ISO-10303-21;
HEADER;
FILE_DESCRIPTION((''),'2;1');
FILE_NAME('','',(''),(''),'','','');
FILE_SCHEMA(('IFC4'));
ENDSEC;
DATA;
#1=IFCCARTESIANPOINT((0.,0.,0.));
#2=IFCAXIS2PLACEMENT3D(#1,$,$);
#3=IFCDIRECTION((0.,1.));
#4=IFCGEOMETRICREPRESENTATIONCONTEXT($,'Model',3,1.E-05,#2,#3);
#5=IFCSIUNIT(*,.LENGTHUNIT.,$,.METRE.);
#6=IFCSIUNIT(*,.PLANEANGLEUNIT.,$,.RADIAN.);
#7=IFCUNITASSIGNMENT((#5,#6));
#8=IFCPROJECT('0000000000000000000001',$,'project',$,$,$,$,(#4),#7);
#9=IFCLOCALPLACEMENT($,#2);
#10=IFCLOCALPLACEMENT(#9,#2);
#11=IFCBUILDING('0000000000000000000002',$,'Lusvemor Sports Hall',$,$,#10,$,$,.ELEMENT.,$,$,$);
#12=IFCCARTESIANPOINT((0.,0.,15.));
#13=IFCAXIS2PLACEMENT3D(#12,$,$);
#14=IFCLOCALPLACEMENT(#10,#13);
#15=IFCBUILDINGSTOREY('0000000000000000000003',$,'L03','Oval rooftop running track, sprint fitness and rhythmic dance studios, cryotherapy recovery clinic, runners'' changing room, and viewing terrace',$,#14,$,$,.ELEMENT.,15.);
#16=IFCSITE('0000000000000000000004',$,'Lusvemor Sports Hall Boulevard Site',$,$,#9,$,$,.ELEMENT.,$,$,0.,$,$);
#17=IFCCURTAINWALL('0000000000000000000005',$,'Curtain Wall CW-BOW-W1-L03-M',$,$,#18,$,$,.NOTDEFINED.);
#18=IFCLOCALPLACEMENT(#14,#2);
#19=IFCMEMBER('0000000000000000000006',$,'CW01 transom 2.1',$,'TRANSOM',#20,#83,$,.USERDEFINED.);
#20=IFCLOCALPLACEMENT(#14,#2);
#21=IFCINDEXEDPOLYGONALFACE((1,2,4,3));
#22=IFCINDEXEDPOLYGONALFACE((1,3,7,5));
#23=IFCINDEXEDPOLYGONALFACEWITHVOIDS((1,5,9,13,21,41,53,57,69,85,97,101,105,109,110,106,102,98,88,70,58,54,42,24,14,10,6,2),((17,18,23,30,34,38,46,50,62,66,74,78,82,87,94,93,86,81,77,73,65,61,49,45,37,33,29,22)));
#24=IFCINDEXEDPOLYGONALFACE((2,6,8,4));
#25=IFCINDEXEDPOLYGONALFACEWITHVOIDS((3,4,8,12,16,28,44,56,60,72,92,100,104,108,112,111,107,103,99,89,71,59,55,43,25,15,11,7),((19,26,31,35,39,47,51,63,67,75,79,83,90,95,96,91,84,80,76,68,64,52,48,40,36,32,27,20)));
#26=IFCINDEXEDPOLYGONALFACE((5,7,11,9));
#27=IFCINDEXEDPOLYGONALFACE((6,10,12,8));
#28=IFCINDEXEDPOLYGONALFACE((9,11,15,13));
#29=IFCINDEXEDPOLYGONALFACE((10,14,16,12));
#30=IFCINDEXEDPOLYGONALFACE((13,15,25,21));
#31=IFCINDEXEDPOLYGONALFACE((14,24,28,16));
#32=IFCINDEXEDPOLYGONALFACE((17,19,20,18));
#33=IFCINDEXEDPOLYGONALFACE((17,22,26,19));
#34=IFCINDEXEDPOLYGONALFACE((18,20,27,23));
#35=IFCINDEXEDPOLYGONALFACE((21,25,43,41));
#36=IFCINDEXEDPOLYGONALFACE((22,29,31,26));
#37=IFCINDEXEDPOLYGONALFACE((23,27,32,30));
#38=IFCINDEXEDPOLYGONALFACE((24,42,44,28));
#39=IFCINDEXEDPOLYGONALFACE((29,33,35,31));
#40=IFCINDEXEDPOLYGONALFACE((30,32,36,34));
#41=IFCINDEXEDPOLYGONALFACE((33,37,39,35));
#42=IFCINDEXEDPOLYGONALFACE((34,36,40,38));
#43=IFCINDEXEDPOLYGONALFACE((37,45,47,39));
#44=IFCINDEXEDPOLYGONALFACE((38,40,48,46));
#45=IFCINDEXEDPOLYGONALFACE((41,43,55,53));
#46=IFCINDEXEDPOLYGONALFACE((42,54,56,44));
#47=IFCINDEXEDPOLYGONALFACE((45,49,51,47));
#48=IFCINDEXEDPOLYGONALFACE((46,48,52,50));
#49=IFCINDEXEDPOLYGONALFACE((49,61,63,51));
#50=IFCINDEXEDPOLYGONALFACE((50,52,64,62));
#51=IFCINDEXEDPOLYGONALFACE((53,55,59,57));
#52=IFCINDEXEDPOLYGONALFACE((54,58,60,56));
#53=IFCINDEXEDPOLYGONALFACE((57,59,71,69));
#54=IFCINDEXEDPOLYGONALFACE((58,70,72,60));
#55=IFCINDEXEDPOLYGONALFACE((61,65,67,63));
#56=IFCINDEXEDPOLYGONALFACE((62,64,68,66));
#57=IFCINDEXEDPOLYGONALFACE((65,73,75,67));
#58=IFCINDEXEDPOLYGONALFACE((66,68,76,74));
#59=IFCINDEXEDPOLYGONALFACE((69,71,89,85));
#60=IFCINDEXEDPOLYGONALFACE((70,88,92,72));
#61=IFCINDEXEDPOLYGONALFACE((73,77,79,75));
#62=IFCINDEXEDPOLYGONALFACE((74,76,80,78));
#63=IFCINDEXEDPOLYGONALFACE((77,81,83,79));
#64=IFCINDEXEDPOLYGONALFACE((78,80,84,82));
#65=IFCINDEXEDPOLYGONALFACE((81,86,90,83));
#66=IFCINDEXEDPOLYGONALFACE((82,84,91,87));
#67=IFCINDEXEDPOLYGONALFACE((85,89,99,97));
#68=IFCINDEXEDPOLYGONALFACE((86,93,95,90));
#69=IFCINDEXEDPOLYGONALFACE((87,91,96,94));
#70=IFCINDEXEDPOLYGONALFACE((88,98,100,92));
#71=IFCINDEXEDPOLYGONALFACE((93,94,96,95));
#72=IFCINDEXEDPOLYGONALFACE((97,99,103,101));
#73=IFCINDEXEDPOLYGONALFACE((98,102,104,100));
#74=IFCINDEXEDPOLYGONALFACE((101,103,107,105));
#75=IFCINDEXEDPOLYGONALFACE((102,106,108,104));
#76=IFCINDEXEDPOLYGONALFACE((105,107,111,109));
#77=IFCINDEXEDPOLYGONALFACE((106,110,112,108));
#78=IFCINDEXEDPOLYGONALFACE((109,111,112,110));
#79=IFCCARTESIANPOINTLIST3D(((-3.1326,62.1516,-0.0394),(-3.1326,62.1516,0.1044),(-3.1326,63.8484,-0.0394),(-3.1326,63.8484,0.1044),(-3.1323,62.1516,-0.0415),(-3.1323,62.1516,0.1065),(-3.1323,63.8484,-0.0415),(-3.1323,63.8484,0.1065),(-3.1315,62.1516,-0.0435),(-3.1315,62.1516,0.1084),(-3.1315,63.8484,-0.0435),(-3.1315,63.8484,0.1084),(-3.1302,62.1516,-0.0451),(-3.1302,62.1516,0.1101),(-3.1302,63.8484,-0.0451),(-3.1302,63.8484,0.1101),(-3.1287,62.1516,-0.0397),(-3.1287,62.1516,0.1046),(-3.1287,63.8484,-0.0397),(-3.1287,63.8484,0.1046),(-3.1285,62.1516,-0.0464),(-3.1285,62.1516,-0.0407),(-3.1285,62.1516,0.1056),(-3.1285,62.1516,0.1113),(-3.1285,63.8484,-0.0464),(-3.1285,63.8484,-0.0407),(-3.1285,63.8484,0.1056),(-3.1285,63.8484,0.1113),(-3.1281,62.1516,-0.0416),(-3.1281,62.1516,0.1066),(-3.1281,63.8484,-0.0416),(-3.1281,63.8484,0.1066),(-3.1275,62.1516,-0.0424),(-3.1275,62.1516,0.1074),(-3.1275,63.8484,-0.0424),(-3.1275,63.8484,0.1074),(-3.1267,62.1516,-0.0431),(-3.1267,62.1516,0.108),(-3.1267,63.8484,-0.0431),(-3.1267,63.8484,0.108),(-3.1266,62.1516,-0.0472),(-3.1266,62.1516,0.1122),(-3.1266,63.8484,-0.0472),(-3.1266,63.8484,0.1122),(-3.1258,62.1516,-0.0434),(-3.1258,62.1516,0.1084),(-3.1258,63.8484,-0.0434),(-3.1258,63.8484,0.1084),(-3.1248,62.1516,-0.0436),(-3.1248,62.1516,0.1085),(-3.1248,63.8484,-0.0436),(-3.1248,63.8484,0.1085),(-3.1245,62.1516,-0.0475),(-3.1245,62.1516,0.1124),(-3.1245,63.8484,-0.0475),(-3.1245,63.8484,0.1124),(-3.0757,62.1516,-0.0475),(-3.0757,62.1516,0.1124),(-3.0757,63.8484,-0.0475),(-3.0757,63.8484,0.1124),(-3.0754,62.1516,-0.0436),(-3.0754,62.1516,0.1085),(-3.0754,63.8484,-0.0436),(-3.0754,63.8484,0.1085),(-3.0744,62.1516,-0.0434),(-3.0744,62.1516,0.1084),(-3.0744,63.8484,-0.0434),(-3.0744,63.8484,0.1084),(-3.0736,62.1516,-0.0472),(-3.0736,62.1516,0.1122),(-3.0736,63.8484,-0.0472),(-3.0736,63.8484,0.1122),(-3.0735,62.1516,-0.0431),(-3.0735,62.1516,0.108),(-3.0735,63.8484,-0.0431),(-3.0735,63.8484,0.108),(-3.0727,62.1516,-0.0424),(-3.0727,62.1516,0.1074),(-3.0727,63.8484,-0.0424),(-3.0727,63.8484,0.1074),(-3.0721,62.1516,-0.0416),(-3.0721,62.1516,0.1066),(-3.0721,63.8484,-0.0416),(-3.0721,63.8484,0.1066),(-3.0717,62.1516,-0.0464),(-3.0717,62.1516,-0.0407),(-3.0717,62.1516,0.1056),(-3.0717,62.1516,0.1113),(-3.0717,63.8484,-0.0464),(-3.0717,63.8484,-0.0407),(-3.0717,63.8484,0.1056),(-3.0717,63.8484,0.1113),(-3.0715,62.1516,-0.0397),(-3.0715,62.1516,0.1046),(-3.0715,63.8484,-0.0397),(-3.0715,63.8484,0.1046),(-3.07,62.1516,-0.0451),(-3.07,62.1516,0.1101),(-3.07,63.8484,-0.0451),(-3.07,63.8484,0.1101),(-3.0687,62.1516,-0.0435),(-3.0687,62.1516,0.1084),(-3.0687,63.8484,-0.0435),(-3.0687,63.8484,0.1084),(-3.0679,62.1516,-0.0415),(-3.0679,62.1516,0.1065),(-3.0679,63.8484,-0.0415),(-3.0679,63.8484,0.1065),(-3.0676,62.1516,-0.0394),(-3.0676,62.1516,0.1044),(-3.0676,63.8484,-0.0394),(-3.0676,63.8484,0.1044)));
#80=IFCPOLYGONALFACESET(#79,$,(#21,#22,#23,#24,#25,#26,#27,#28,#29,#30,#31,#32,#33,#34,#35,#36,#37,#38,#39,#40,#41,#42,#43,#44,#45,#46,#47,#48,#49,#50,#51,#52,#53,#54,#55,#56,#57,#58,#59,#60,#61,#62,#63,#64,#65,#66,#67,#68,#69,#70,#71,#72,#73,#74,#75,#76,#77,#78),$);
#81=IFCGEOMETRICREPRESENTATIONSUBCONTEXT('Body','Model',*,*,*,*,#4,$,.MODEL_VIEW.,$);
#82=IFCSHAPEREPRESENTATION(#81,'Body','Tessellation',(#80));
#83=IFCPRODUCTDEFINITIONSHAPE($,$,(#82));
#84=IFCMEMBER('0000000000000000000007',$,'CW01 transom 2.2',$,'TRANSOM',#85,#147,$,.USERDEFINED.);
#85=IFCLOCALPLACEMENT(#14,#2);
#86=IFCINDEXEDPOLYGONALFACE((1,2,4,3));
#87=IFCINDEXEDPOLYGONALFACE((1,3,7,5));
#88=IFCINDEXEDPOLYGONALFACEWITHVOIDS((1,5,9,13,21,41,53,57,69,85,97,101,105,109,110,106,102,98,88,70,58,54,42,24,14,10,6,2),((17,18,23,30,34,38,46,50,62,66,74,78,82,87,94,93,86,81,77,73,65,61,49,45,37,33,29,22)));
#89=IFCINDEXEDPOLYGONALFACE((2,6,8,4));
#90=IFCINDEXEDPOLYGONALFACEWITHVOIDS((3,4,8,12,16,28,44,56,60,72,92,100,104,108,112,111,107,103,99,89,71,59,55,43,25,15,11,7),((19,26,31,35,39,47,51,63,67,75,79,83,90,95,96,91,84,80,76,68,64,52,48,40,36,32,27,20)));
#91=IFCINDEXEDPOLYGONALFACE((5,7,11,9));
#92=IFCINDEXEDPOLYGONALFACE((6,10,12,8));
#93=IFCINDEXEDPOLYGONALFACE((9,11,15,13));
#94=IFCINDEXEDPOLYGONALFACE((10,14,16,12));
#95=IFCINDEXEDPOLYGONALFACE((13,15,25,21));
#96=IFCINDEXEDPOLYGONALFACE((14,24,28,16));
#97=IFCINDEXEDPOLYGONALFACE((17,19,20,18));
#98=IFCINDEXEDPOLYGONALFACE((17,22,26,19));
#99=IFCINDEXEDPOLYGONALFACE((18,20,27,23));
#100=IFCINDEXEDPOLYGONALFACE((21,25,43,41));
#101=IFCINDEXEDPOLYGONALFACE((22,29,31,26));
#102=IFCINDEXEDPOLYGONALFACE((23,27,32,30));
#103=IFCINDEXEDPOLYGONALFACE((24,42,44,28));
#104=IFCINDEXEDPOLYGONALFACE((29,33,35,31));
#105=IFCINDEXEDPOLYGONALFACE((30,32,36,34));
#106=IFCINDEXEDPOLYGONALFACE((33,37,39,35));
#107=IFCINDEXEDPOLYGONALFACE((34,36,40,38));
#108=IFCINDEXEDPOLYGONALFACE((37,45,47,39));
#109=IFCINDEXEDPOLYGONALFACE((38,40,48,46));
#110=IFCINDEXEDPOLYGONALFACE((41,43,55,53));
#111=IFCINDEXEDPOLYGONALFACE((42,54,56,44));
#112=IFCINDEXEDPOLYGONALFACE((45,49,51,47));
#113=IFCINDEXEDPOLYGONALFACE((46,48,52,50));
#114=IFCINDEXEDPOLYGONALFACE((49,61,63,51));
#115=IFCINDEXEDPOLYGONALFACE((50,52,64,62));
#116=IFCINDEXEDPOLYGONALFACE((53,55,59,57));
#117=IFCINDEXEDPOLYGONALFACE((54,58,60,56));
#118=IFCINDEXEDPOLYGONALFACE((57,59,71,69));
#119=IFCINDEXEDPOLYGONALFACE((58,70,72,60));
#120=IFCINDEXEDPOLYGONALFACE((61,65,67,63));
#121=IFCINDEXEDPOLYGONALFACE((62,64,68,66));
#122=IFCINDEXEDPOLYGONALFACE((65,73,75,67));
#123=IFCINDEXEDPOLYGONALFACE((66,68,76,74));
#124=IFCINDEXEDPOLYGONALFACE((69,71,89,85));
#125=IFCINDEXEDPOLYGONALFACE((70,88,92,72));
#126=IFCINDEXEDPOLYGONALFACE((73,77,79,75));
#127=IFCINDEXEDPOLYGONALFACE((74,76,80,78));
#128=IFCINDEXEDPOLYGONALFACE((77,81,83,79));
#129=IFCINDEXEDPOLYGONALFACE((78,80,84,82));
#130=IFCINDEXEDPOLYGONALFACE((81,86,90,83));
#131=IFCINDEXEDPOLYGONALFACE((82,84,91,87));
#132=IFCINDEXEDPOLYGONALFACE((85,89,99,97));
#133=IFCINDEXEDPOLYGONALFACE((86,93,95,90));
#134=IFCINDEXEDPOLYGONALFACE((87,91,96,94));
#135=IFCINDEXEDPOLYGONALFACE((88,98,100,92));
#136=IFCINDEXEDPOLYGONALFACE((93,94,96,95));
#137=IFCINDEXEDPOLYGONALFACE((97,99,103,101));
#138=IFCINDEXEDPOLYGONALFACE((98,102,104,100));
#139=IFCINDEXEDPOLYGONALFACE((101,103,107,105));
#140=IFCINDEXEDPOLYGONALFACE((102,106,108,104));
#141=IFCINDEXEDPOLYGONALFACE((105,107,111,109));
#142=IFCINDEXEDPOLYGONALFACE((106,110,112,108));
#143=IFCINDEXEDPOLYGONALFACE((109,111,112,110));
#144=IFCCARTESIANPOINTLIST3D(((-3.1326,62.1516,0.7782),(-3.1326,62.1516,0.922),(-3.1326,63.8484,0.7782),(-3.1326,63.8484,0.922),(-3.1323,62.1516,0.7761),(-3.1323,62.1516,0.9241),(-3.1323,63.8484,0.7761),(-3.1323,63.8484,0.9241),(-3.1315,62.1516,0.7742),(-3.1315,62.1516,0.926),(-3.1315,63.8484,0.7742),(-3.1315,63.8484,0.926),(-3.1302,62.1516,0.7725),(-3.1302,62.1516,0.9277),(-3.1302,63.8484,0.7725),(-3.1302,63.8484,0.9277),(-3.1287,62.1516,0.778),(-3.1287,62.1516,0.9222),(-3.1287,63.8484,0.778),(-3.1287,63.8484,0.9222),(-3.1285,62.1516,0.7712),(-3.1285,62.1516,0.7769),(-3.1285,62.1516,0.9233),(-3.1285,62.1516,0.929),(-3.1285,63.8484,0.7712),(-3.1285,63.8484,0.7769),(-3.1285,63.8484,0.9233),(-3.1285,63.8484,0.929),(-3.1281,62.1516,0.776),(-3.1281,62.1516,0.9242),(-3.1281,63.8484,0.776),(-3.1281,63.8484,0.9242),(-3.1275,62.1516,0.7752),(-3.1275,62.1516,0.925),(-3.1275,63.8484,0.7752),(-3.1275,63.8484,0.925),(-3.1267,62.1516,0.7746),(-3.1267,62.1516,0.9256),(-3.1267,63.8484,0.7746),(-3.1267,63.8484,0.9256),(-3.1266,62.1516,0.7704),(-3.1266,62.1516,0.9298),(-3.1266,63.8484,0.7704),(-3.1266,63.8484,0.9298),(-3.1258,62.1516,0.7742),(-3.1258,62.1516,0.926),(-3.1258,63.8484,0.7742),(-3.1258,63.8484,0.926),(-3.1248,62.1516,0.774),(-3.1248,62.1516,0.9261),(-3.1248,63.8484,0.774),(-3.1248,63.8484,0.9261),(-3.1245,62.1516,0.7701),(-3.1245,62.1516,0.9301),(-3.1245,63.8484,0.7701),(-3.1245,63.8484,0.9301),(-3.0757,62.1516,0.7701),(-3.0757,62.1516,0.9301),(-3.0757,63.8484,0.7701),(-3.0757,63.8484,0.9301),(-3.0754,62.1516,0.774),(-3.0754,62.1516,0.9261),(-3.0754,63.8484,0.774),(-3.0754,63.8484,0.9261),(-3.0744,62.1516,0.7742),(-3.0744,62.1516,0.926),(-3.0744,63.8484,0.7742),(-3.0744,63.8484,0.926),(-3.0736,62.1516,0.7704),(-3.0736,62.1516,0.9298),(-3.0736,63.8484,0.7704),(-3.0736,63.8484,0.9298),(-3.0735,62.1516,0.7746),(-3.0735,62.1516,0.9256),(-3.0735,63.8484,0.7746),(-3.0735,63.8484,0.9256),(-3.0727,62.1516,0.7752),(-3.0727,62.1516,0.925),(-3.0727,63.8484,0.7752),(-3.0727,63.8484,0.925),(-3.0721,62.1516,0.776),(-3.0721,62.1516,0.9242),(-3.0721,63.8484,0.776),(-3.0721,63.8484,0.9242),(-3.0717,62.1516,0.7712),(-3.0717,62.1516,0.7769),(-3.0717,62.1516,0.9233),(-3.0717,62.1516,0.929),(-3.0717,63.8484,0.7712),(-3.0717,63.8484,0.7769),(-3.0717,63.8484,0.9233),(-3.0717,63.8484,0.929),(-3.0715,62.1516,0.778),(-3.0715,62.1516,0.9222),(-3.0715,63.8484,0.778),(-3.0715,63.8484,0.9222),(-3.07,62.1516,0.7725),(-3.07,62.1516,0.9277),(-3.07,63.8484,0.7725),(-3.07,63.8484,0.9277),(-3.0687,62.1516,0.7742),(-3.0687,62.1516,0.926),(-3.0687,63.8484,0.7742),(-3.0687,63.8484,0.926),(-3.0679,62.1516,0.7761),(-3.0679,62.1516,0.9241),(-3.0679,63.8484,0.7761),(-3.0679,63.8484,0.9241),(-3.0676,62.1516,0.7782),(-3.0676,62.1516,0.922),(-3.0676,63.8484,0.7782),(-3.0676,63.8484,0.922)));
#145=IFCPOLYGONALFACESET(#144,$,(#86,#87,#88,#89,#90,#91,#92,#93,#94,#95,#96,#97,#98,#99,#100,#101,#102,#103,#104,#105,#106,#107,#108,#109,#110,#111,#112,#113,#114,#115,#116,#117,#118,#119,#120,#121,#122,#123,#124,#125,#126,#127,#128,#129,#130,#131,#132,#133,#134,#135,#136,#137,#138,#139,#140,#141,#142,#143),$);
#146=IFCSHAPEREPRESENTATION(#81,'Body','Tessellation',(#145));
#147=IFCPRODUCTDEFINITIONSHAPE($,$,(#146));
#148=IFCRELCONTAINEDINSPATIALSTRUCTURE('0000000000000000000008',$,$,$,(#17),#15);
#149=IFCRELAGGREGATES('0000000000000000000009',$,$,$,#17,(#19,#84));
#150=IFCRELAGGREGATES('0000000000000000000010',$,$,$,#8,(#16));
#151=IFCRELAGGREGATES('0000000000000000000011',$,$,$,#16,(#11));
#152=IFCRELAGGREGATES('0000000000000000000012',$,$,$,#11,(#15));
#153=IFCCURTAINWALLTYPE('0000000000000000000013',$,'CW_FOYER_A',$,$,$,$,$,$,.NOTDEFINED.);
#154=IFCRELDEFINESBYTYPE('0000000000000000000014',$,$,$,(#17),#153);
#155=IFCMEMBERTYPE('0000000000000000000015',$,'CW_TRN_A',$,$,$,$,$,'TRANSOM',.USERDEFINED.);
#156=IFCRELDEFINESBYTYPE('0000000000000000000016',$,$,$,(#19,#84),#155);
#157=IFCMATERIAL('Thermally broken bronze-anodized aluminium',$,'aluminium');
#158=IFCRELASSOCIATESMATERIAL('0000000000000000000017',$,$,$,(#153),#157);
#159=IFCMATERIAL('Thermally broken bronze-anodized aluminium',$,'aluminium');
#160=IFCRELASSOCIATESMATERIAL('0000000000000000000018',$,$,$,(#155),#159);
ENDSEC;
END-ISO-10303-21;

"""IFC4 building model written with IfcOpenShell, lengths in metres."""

from ifc_helpers import new_model, si_unit, direction, frame, origin, origin_2d, place, context, subcontext, project, spatial, hollow_rectangle, extrude, material, material_profile, profile_set, type_object, element, aggregate, save


model = new_model("IFC4")

# Units and contexts
model_context = context("Model", 3, precision=1e-05, world=origin(), true_north=direction((0.0, 1.0)))
body_context = subcontext(model_context, "Body", "Model", "MODEL_VIEW")
ifc_project = project(units=[si_unit("LENGTHUNIT", "METRE"), si_unit("PLANEANGLEUNIT", "RADIAN")], contexts=[model_context])

# Site, building, storey
site_placement = place(None, origin())
site = spatial("IfcSite", under=ifc_project, at=site_placement, Name="Lusvemor Sports Hall Boulevard Site", CompositionType="ELEMENT", RefElevation=0.0)
building_placement = place(site_placement, origin())
building = spatial("IfcBuilding", under=site, at=building_placement, Name="Lusvemor Sports Hall", CompositionType="ELEMENT")
storey_placement = place(building_placement, frame((0.0, 0.0, 15.0)))
storey = spatial("IfcBuildingStorey", under=building, at=storey_placement, Name="L03", Description="Oval rooftop running track, sprint fitness and rhythmic dance studios, cryotherapy recovery clinic, runners' changing room, and viewing terrace", CompositionType="ELEMENT", Elevation=15.0)

# Curtain wall
ifc_material_1 = material(Name="Thermally broken bronze-anodized aluminium", Category="aluminium")
curtain_wall_type_1 = type_object("IfcCurtainWallType", Name="CW_FOYER_A", PredefinedType="NOTDEFINED", material=ifc_material_1)
curtain_wall_1_placement = place(storey_placement, origin())
curtain_wall_1 = element("IfcCurtainWall", 1, at=curtain_wall_1_placement, inside=storey, type_object=curtain_wall_type_1, Name="Curtain Wall CW-BOW-W1-L03-M", PredefinedType="NOTDEFINED")

# Members
ifc_material_2 = material(Name="Thermally broken bronze-anodized aluminium", Category="aluminium")
ifc_material_profile_1 = material_profile(ifc_material_2, hollow_rectangle(XDim=0.0649, YDim=0.1599, WallThickness=0.0039, InnerFilletRadius=0.0039, OuterFilletRadius=0.0081, at=origin_2d()), Name="CWTRN160x65x4")
ifc_profile_set_1 = profile_set([ifc_material_profile_1], Name="Thermally broken bronze-anodized aluminium")
member_type_1 = type_object("IfcMemberType", Name="CW_TRN_A", ElementType="TRANSOM", PredefinedType="USERDEFINED", material=ifc_profile_set_1)
member_1_placement = place(storey_placement, frame((-3.1001, 62.1516, 0.0325), z_axis=(0.0, 1.0, 0.0), x_axis=(-1.0, 0.0, 0.0)))
member_1 = element("IfcMember", 2, at=member_1_placement, type_object=member_type_1, Name="CW01 transom 2.1", ObjectType="TRANSOM", PredefinedType="USERDEFINED", context=body_context, shape_type="SweptSolid", body=[
    extrude(hollow_rectangle(XDim=0.0649, YDim=0.1599, WallThickness=0.0039, InnerFilletRadius=0.0039, OuterFilletRadius=0.0081, at=origin_2d()), origin(), (0.0, 0.0, 1.0), 1.6968),
])
member_2_placement = place(storey_placement, frame((-3.1001, 62.1516, 0.8501), z_axis=(0.0, 1.0, 0.0), x_axis=(-1.0, 0.0, 0.0)))
member_2 = element("IfcMember", 3, at=member_2_placement, type_object=member_type_1, Name="CW01 transom 2.2", ObjectType="TRANSOM", PredefinedType="USERDEFINED", context=body_context, shape_type="SweptSolid", body=[
    extrude(hollow_rectangle(XDim=0.0649, YDim=0.1599, WallThickness=0.0039, InnerFilletRadius=0.0039, OuterFilletRadius=0.0081, at=origin_2d()), origin(), (0.0, 0.0, 1.0), 1.6968),
])

aggregate(curtain_wall_1, [member_1, member_2])

save(model, "model.ifc")
